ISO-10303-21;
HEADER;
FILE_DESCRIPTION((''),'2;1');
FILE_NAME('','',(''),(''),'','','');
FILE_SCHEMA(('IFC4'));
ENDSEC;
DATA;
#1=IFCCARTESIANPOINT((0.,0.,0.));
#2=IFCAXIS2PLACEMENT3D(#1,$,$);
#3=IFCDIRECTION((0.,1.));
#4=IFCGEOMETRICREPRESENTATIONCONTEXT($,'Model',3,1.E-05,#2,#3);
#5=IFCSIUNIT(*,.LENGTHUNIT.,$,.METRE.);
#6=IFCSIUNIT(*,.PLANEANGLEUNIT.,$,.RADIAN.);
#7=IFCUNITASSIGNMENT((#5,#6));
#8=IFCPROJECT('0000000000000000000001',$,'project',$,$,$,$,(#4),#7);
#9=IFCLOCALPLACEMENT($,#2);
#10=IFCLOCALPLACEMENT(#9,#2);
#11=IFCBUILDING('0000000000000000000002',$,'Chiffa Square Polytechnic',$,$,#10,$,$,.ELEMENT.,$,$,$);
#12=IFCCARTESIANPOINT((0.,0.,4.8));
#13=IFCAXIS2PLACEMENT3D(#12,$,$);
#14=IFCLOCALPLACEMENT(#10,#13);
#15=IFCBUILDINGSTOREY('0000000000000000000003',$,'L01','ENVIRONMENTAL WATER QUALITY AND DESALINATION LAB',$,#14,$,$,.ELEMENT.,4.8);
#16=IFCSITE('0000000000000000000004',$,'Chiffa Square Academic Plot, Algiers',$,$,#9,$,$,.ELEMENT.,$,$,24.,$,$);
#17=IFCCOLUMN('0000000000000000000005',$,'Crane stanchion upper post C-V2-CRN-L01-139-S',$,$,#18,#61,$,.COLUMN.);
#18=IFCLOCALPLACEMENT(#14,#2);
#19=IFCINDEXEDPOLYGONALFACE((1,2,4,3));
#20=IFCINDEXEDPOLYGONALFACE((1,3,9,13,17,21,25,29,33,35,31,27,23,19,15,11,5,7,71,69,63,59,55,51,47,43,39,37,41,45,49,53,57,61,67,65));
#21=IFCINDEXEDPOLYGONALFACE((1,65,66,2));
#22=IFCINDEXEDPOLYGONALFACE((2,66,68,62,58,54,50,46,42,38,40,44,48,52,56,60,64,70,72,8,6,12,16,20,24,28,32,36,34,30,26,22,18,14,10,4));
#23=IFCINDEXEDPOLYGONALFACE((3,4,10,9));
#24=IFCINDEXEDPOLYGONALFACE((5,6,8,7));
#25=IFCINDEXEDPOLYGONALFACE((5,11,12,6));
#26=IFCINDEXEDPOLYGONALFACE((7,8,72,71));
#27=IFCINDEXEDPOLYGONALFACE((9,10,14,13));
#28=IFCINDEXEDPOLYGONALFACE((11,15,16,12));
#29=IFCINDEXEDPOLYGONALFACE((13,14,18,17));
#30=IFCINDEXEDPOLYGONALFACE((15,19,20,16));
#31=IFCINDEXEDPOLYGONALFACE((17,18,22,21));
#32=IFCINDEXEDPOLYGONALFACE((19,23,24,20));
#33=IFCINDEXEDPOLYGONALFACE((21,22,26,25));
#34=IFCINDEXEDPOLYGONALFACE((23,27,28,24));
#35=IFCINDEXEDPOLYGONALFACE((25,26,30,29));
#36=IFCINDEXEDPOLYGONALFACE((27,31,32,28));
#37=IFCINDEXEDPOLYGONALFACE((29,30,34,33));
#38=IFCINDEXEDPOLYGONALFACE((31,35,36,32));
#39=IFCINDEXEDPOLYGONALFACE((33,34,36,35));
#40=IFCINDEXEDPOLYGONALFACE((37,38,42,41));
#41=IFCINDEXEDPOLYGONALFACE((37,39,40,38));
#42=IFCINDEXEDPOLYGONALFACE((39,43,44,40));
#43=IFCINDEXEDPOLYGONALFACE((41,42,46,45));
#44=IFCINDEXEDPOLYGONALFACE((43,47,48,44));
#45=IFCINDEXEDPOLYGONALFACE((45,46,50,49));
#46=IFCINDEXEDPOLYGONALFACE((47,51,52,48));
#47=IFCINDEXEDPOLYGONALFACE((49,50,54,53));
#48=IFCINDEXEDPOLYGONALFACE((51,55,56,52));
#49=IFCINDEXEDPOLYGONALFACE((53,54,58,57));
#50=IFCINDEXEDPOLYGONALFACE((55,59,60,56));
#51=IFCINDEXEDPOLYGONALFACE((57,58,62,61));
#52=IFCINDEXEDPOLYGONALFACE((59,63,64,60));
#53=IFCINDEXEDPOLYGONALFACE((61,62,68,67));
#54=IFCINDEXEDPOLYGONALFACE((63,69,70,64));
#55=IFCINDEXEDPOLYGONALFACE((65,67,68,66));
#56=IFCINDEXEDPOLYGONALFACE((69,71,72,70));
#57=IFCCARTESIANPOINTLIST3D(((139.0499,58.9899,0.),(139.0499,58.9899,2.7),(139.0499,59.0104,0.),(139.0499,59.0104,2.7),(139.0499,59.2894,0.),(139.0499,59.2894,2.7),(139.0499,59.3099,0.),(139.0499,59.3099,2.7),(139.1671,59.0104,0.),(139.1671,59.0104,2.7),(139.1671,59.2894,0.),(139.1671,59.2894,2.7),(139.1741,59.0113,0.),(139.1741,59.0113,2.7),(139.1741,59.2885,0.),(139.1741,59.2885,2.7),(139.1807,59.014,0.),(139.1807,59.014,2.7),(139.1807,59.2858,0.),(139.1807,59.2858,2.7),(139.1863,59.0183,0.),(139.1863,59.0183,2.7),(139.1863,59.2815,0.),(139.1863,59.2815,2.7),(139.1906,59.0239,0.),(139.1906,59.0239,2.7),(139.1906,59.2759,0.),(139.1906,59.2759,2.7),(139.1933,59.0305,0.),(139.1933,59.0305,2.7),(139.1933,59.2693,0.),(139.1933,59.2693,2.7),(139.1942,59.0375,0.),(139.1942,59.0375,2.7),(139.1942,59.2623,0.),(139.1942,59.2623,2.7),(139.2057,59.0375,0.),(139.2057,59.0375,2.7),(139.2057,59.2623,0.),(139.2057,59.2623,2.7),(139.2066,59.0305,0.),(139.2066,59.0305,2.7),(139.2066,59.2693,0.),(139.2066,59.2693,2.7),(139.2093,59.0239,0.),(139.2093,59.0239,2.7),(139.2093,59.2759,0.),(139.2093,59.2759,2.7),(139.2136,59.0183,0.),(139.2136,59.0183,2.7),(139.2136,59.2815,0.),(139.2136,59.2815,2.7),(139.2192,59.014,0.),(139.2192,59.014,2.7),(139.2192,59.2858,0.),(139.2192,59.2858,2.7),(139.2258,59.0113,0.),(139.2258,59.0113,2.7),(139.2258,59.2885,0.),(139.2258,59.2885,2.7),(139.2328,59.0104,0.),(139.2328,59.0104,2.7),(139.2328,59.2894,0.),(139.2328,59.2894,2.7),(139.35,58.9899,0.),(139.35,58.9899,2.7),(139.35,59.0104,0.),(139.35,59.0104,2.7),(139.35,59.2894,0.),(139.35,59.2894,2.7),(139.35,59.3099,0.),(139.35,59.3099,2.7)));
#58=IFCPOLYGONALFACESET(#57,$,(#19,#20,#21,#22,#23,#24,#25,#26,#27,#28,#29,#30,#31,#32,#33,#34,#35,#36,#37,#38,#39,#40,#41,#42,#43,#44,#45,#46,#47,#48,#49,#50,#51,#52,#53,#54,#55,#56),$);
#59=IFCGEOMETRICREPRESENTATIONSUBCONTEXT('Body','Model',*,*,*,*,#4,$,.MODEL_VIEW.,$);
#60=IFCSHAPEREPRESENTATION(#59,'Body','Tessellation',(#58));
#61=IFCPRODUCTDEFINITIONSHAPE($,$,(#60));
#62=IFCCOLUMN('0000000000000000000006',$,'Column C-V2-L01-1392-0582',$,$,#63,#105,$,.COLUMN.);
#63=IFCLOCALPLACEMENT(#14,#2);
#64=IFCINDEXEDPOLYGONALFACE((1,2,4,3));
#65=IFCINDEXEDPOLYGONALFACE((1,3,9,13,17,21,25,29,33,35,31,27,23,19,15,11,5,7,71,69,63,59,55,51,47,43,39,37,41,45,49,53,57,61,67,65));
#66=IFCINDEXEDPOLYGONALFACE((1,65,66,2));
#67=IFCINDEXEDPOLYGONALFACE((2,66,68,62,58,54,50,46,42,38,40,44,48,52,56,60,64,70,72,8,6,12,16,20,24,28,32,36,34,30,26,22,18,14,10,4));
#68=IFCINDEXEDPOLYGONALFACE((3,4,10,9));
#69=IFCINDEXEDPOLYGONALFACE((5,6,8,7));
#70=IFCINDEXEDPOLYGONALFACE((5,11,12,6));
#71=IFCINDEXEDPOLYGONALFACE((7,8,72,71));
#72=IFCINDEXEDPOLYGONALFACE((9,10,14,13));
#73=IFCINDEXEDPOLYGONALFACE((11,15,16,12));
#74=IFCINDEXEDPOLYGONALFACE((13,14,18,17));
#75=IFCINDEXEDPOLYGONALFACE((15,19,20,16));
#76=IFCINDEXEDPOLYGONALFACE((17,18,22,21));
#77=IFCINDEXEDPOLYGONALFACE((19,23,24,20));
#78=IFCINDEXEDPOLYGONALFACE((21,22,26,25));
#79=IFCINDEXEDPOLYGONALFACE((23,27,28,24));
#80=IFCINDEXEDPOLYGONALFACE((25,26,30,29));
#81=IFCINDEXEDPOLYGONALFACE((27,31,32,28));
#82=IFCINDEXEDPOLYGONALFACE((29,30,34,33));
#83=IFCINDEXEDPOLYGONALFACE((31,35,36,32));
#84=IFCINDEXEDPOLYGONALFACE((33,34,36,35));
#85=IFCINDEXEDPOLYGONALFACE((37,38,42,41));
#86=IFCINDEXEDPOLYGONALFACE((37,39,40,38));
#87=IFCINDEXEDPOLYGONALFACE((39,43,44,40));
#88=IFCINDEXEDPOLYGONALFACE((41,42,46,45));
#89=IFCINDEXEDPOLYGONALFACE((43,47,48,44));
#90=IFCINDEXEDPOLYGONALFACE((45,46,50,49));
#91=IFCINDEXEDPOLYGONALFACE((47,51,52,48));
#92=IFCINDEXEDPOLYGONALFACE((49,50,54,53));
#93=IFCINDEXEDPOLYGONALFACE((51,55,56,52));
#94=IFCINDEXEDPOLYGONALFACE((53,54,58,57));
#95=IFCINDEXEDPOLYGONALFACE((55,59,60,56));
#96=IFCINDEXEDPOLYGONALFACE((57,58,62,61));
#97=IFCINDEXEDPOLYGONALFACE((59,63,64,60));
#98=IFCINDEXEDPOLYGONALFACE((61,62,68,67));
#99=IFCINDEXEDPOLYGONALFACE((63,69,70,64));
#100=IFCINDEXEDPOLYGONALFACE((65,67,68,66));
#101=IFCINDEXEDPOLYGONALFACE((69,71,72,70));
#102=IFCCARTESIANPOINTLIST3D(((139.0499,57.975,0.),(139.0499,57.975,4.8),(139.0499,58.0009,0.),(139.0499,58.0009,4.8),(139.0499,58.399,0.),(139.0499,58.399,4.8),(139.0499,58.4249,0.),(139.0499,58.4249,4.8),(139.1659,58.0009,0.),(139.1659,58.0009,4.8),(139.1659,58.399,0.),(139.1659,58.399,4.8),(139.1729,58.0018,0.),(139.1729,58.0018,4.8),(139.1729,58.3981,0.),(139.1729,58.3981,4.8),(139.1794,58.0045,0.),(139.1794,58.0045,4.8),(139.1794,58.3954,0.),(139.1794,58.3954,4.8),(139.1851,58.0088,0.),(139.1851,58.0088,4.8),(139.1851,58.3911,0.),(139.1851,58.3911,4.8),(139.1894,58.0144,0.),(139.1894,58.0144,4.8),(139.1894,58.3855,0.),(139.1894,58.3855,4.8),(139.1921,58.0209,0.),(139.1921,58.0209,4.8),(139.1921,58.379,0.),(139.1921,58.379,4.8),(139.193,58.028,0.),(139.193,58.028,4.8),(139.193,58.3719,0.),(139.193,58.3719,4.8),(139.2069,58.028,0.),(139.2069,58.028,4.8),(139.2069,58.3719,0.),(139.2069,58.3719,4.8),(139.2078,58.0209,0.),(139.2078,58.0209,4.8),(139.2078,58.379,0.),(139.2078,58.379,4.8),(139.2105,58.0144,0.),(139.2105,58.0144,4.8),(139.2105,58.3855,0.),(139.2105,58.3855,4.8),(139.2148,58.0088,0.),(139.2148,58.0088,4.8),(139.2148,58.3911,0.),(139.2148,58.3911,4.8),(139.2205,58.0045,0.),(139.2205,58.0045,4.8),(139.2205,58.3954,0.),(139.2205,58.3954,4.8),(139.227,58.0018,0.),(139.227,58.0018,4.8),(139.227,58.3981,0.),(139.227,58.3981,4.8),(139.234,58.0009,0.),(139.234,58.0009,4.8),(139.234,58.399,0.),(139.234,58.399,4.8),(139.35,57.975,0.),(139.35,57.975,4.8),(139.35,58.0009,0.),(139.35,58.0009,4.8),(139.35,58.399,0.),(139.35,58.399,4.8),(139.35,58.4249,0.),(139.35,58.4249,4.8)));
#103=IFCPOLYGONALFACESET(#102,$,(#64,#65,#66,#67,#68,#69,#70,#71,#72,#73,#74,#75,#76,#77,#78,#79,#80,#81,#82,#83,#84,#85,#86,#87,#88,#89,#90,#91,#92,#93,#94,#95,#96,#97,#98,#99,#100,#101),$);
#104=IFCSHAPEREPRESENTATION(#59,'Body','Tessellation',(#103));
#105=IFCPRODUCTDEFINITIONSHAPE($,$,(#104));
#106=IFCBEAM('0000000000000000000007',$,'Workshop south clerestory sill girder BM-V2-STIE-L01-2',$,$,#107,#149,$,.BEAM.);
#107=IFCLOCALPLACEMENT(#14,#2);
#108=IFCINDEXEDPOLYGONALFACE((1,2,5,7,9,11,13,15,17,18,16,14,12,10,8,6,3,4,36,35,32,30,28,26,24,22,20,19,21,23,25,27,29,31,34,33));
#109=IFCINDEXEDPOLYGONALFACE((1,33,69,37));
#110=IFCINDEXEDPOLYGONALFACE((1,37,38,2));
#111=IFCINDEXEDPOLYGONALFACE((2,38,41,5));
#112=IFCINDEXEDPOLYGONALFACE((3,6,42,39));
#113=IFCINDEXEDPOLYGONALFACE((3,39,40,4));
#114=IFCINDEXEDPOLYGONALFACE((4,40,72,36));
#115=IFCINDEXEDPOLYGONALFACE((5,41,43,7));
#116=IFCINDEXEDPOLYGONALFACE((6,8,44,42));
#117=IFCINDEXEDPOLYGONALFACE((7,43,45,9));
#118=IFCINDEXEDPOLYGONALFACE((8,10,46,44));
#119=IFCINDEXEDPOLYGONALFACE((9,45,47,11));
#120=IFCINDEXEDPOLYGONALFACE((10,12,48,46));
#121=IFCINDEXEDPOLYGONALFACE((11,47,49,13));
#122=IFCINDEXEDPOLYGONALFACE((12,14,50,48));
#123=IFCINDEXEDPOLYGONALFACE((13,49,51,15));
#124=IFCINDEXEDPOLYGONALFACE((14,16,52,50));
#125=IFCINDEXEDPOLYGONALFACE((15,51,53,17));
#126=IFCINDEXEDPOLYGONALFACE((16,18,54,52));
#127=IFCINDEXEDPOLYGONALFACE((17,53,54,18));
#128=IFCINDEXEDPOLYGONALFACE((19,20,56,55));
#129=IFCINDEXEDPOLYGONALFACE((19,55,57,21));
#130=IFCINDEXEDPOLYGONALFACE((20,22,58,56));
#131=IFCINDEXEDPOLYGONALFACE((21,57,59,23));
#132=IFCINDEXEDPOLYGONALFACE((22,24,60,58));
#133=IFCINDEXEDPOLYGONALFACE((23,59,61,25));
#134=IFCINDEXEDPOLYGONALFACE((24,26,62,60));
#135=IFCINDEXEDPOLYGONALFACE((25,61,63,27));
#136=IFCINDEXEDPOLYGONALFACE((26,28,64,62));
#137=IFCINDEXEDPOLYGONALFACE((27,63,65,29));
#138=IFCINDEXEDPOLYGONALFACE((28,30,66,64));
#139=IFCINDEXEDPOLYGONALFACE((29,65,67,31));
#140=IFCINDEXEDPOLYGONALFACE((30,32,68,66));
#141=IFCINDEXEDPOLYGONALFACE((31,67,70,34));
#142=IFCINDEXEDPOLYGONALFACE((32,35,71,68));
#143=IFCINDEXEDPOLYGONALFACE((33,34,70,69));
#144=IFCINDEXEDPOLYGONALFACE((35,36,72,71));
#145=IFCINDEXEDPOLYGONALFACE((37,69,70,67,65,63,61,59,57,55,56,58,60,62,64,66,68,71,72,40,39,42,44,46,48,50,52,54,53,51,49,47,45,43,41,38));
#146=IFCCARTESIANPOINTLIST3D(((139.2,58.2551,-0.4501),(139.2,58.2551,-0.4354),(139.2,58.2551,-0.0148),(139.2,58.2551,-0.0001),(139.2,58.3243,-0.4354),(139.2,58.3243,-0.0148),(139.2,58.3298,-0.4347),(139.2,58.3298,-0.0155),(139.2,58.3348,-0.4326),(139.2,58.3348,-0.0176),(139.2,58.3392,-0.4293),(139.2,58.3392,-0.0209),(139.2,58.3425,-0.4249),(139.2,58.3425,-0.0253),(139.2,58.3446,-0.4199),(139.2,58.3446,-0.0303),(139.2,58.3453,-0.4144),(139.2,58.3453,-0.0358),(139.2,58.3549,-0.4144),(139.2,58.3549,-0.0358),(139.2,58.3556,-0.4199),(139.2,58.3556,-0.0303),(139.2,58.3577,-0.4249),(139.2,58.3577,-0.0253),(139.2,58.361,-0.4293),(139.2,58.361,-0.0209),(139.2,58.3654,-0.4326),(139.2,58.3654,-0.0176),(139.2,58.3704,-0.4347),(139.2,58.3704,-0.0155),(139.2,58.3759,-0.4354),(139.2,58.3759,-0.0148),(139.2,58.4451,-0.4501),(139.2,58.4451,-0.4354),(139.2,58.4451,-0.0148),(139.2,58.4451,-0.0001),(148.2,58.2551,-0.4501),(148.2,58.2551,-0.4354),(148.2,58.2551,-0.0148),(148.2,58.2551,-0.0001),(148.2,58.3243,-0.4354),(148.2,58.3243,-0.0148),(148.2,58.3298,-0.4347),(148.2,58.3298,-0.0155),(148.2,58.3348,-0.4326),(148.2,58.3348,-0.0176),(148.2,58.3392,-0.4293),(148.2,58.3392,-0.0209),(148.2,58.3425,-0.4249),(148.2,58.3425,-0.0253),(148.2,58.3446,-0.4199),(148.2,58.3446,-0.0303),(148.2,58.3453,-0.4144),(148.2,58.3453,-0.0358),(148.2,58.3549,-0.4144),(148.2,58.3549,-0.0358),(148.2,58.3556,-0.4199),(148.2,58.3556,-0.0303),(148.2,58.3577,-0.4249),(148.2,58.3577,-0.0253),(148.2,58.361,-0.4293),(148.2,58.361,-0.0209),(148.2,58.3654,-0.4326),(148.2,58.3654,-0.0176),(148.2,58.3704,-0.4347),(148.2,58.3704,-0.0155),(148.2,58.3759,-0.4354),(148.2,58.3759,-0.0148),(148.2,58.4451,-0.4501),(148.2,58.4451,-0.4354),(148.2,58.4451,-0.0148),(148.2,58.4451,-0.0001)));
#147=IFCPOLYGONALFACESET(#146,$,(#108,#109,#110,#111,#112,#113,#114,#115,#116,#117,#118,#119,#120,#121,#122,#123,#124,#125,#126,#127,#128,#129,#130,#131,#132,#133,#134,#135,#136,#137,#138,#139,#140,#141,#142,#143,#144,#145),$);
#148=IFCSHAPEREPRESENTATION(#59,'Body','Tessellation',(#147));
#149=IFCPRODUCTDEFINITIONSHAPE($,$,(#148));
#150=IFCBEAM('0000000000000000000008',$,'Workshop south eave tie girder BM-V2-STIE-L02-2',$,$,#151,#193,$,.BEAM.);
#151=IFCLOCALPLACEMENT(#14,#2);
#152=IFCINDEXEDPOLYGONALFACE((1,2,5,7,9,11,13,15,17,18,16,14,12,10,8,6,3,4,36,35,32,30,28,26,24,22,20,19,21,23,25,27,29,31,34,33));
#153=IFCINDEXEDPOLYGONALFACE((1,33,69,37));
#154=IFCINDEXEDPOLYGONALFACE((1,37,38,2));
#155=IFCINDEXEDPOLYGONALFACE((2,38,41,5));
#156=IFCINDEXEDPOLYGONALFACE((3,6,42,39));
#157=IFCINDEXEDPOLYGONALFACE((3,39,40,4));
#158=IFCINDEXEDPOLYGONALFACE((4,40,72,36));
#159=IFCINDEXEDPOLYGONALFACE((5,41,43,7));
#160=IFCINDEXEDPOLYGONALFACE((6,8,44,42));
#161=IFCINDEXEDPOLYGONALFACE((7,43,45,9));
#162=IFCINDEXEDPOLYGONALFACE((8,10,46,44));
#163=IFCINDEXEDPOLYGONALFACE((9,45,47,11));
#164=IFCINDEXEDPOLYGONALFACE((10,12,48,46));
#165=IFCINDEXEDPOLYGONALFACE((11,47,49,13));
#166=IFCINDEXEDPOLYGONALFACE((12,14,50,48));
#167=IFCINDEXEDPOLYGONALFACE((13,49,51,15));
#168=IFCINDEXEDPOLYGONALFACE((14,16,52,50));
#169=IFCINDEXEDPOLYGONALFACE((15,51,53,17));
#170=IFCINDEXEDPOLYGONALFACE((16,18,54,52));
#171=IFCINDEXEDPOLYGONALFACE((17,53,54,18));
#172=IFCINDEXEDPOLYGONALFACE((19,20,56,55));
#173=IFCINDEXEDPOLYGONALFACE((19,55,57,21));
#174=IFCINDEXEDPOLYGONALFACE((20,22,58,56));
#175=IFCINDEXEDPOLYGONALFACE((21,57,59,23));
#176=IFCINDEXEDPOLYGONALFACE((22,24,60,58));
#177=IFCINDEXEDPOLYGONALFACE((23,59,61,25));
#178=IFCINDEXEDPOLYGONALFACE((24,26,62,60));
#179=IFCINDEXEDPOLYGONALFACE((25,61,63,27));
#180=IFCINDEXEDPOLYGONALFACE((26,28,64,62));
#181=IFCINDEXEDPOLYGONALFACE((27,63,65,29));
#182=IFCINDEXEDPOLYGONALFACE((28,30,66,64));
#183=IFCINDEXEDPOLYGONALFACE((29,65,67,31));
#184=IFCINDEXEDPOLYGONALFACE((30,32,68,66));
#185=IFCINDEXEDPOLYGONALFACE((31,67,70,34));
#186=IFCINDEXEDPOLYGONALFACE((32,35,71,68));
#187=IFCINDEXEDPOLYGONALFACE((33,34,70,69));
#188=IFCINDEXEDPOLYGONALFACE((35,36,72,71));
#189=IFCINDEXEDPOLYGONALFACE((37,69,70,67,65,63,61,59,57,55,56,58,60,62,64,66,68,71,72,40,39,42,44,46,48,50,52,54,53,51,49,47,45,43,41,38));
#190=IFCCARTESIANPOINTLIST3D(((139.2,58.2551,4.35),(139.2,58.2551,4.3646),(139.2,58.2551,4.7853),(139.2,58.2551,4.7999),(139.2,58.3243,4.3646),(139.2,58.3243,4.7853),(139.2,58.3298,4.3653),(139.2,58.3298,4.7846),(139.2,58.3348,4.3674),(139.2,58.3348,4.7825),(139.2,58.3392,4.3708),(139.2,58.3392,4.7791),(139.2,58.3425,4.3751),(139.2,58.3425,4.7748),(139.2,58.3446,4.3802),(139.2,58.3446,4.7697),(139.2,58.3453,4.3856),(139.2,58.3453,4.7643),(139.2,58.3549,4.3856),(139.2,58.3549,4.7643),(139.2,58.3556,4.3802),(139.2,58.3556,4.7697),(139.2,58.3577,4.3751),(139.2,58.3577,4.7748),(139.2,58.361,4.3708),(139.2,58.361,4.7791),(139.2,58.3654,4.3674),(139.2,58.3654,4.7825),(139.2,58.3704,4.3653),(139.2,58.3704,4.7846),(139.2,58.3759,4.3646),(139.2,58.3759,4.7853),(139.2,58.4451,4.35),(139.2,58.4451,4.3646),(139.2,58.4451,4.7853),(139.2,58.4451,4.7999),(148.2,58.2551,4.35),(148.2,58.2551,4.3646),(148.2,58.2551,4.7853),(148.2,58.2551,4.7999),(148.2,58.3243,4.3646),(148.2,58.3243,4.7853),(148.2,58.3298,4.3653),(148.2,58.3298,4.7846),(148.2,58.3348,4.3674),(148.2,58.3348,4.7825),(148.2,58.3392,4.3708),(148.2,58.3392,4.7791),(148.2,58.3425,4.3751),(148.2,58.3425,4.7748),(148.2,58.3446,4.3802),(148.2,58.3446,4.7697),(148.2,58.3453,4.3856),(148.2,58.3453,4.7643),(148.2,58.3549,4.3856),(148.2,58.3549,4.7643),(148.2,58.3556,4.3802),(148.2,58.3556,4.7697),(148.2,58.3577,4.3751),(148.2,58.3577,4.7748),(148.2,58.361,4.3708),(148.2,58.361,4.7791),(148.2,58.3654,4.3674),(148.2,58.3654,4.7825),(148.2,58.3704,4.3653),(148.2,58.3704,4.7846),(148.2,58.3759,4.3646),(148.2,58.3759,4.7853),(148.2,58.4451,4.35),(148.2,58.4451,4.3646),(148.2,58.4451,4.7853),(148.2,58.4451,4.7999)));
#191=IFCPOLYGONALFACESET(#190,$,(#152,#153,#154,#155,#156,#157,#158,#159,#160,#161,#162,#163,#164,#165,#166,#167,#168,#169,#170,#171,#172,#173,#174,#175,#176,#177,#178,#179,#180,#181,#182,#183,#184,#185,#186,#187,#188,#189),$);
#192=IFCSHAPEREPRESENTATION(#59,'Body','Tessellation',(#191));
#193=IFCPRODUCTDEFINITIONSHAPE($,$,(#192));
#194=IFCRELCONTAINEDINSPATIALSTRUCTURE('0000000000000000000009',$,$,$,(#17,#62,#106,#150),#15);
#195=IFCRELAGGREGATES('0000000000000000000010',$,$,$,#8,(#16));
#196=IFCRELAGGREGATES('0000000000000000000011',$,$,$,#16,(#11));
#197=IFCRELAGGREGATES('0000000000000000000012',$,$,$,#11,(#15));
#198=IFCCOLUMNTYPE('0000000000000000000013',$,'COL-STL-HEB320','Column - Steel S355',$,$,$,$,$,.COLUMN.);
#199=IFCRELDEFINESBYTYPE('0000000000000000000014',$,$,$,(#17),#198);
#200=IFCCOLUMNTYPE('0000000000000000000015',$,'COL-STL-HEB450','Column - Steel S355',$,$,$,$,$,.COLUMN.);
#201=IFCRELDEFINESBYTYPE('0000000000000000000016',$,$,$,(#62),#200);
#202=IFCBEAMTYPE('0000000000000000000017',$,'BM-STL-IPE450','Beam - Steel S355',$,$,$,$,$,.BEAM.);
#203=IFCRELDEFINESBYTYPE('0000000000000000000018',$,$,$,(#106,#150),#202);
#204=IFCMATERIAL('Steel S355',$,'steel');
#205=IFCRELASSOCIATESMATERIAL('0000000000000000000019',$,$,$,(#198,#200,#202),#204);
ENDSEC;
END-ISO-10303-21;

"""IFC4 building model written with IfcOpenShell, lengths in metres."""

from ifc_helpers import new_model, si_unit, direction, frame, origin, origin_2d, place, context, subcontext, project, spatial, i_section, extrude, material, material_profile, profile_set, type_object, element, save


model = new_model("IFC4")

# Units and contexts
model_context = context("Model", 3, precision=1e-05, world=origin(), true_north=direction((0.0, 1.0)))
body_context = subcontext(model_context, "Body", "Model", "MODEL_VIEW")
ifc_project = project(units=[si_unit("LENGTHUNIT", "METRE"), si_unit("PLANEANGLEUNIT", "RADIAN")], contexts=[model_context])

# Site, building, storey
site_placement = place(None, origin())
site = spatial("IfcSite", under=ifc_project, at=site_placement, Name="Chiffa Square Academic Plot, Algiers", CompositionType="ELEMENT", RefElevation=24.0)
building_placement = place(site_placement, origin())
building = spatial("IfcBuilding", under=site, at=building_placement, Name="Chiffa Square Polytechnic", CompositionType="ELEMENT")
storey_placement = place(building_placement, frame((0.0, 0.0, 4.8)))
storey = spatial("IfcBuildingStorey", under=building, at=storey_placement, Name="L01", Description="ENVIRONMENTAL WATER QUALITY AND DESALINATION LAB", CompositionType="ELEMENT", Elevation=4.8)

# Columns
ifc_material_1 = material(Name="Steel S355", Category="steel")
ifc_material_profile_1 = material_profile(ifc_material_1, i_section(OverallWidth=0.3, OverallDepth=0.3201, WebThickness=0.0115, FlangeThickness=0.0205, FilletRadius=0.0271, at=origin_2d()), Name="HEB 320")
ifc_profile_set_1 = profile_set([ifc_material_profile_1], Name="Steel S355")
column_type_1 = type_object("IfcColumnType", Name="COL-STL-HEB320", Description="Column - Steel S355", PredefinedType="COLUMN", material=ifc_profile_set_1)
column_1_placement = place(storey_placement, frame((139.2, 59.1499, 0.0), z_axis=(0.0, 0.0, 1.0), x_axis=(1.0, 0.0, 0.0)))
element("IfcColumn", 1, at=column_1_placement, inside=storey, type_object=column_type_1, Name="Crane stanchion upper post C-V2-CRN-L01-139-S", PredefinedType="COLUMN", context=body_context, shape_type="SweptSolid", body=[
    extrude(i_section(OverallWidth=0.3, OverallDepth=0.3201, WebThickness=0.0115, FlangeThickness=0.0205, FilletRadius=0.0271, at=origin_2d()), origin(), (0.0, 0.0, 1.0), 2.7),
])
ifc_material_profile_2 = material_profile(ifc_material_1, i_section(OverallWidth=0.3, OverallDepth=0.45, WebThickness=0.0139, FlangeThickness=0.0259, FilletRadius=0.0271, at=origin_2d()), Name="HEB 450")
ifc_profile_set_2 = profile_set([ifc_material_profile_2], Name="Steel S355")
column_type_2 = type_object("IfcColumnType", Name="COL-STL-HEB450", Description="Column - Steel S355", PredefinedType="COLUMN", material=ifc_profile_set_2)
column_2_placement = place(storey_placement, frame((139.2, 58.2, 0.0), z_axis=(0.0, 0.0, 1.0), x_axis=(1.0, 0.0, 0.0)))
element("IfcColumn", 2, at=column_2_placement, inside=storey, type_object=column_type_2, Name="Column C-V2-L01-1392-0582", PredefinedType="COLUMN", context=body_context, shape_type="SweptSolid", body=[
    extrude(i_section(OverallWidth=0.3, OverallDepth=0.45, WebThickness=0.0139, FlangeThickness=0.0259, FilletRadius=0.0271, at=origin_2d()), origin(), (0.0, 0.0, 1.0), 4.8),
])

# Beams
ifc_material_profile_3 = material_profile(ifc_material_1, i_section(OverallWidth=0.1899, OverallDepth=0.45, WebThickness=0.0095, FlangeThickness=0.0146, FilletRadius=0.021, at=origin_2d()), Name="IPE 450")
ifc_profile_set_3 = profile_set([ifc_material_profile_3], Name="Steel S355")
beam_type_1 = type_object("IfcBeamType", Name="BM-STL-IPE450", Description="Beam - Steel S355", PredefinedType="BEAM", material=ifc_profile_set_3)
for number, where, z_axis, x_axis, name in (
    (3, (139.2, 58.3501, -0.2251), (1.0, 0.0, 0.0), (0.0, 1.0, 0.0), "Workshop south clerestory sill girder BM-V2-STIE-L01-2"),
    (4, (139.2, 58.3501, 4.575), (1.0, 0.0, 0.0), (0.0, 1.0, 0.0), "Workshop south eave tie girder BM-V2-STIE-L02-2"),
):
    element("IfcBeam", number, at=place(storey_placement, frame(where, z_axis=z_axis, x_axis=x_axis)), inside=storey, type_object=beam_type_1, Name=name, PredefinedType="BEAM", context=body_context, shape_type="SweptSolid", body=[
        extrude(i_section(OverallWidth=0.1899, OverallDepth=0.45, WebThickness=0.0095, FlangeThickness=0.0146, FilletRadius=0.021, at=origin_2d()), origin(), (0.0, 0.0, 1.0), 9.0),
    ])

save(model, "model.ifc")
